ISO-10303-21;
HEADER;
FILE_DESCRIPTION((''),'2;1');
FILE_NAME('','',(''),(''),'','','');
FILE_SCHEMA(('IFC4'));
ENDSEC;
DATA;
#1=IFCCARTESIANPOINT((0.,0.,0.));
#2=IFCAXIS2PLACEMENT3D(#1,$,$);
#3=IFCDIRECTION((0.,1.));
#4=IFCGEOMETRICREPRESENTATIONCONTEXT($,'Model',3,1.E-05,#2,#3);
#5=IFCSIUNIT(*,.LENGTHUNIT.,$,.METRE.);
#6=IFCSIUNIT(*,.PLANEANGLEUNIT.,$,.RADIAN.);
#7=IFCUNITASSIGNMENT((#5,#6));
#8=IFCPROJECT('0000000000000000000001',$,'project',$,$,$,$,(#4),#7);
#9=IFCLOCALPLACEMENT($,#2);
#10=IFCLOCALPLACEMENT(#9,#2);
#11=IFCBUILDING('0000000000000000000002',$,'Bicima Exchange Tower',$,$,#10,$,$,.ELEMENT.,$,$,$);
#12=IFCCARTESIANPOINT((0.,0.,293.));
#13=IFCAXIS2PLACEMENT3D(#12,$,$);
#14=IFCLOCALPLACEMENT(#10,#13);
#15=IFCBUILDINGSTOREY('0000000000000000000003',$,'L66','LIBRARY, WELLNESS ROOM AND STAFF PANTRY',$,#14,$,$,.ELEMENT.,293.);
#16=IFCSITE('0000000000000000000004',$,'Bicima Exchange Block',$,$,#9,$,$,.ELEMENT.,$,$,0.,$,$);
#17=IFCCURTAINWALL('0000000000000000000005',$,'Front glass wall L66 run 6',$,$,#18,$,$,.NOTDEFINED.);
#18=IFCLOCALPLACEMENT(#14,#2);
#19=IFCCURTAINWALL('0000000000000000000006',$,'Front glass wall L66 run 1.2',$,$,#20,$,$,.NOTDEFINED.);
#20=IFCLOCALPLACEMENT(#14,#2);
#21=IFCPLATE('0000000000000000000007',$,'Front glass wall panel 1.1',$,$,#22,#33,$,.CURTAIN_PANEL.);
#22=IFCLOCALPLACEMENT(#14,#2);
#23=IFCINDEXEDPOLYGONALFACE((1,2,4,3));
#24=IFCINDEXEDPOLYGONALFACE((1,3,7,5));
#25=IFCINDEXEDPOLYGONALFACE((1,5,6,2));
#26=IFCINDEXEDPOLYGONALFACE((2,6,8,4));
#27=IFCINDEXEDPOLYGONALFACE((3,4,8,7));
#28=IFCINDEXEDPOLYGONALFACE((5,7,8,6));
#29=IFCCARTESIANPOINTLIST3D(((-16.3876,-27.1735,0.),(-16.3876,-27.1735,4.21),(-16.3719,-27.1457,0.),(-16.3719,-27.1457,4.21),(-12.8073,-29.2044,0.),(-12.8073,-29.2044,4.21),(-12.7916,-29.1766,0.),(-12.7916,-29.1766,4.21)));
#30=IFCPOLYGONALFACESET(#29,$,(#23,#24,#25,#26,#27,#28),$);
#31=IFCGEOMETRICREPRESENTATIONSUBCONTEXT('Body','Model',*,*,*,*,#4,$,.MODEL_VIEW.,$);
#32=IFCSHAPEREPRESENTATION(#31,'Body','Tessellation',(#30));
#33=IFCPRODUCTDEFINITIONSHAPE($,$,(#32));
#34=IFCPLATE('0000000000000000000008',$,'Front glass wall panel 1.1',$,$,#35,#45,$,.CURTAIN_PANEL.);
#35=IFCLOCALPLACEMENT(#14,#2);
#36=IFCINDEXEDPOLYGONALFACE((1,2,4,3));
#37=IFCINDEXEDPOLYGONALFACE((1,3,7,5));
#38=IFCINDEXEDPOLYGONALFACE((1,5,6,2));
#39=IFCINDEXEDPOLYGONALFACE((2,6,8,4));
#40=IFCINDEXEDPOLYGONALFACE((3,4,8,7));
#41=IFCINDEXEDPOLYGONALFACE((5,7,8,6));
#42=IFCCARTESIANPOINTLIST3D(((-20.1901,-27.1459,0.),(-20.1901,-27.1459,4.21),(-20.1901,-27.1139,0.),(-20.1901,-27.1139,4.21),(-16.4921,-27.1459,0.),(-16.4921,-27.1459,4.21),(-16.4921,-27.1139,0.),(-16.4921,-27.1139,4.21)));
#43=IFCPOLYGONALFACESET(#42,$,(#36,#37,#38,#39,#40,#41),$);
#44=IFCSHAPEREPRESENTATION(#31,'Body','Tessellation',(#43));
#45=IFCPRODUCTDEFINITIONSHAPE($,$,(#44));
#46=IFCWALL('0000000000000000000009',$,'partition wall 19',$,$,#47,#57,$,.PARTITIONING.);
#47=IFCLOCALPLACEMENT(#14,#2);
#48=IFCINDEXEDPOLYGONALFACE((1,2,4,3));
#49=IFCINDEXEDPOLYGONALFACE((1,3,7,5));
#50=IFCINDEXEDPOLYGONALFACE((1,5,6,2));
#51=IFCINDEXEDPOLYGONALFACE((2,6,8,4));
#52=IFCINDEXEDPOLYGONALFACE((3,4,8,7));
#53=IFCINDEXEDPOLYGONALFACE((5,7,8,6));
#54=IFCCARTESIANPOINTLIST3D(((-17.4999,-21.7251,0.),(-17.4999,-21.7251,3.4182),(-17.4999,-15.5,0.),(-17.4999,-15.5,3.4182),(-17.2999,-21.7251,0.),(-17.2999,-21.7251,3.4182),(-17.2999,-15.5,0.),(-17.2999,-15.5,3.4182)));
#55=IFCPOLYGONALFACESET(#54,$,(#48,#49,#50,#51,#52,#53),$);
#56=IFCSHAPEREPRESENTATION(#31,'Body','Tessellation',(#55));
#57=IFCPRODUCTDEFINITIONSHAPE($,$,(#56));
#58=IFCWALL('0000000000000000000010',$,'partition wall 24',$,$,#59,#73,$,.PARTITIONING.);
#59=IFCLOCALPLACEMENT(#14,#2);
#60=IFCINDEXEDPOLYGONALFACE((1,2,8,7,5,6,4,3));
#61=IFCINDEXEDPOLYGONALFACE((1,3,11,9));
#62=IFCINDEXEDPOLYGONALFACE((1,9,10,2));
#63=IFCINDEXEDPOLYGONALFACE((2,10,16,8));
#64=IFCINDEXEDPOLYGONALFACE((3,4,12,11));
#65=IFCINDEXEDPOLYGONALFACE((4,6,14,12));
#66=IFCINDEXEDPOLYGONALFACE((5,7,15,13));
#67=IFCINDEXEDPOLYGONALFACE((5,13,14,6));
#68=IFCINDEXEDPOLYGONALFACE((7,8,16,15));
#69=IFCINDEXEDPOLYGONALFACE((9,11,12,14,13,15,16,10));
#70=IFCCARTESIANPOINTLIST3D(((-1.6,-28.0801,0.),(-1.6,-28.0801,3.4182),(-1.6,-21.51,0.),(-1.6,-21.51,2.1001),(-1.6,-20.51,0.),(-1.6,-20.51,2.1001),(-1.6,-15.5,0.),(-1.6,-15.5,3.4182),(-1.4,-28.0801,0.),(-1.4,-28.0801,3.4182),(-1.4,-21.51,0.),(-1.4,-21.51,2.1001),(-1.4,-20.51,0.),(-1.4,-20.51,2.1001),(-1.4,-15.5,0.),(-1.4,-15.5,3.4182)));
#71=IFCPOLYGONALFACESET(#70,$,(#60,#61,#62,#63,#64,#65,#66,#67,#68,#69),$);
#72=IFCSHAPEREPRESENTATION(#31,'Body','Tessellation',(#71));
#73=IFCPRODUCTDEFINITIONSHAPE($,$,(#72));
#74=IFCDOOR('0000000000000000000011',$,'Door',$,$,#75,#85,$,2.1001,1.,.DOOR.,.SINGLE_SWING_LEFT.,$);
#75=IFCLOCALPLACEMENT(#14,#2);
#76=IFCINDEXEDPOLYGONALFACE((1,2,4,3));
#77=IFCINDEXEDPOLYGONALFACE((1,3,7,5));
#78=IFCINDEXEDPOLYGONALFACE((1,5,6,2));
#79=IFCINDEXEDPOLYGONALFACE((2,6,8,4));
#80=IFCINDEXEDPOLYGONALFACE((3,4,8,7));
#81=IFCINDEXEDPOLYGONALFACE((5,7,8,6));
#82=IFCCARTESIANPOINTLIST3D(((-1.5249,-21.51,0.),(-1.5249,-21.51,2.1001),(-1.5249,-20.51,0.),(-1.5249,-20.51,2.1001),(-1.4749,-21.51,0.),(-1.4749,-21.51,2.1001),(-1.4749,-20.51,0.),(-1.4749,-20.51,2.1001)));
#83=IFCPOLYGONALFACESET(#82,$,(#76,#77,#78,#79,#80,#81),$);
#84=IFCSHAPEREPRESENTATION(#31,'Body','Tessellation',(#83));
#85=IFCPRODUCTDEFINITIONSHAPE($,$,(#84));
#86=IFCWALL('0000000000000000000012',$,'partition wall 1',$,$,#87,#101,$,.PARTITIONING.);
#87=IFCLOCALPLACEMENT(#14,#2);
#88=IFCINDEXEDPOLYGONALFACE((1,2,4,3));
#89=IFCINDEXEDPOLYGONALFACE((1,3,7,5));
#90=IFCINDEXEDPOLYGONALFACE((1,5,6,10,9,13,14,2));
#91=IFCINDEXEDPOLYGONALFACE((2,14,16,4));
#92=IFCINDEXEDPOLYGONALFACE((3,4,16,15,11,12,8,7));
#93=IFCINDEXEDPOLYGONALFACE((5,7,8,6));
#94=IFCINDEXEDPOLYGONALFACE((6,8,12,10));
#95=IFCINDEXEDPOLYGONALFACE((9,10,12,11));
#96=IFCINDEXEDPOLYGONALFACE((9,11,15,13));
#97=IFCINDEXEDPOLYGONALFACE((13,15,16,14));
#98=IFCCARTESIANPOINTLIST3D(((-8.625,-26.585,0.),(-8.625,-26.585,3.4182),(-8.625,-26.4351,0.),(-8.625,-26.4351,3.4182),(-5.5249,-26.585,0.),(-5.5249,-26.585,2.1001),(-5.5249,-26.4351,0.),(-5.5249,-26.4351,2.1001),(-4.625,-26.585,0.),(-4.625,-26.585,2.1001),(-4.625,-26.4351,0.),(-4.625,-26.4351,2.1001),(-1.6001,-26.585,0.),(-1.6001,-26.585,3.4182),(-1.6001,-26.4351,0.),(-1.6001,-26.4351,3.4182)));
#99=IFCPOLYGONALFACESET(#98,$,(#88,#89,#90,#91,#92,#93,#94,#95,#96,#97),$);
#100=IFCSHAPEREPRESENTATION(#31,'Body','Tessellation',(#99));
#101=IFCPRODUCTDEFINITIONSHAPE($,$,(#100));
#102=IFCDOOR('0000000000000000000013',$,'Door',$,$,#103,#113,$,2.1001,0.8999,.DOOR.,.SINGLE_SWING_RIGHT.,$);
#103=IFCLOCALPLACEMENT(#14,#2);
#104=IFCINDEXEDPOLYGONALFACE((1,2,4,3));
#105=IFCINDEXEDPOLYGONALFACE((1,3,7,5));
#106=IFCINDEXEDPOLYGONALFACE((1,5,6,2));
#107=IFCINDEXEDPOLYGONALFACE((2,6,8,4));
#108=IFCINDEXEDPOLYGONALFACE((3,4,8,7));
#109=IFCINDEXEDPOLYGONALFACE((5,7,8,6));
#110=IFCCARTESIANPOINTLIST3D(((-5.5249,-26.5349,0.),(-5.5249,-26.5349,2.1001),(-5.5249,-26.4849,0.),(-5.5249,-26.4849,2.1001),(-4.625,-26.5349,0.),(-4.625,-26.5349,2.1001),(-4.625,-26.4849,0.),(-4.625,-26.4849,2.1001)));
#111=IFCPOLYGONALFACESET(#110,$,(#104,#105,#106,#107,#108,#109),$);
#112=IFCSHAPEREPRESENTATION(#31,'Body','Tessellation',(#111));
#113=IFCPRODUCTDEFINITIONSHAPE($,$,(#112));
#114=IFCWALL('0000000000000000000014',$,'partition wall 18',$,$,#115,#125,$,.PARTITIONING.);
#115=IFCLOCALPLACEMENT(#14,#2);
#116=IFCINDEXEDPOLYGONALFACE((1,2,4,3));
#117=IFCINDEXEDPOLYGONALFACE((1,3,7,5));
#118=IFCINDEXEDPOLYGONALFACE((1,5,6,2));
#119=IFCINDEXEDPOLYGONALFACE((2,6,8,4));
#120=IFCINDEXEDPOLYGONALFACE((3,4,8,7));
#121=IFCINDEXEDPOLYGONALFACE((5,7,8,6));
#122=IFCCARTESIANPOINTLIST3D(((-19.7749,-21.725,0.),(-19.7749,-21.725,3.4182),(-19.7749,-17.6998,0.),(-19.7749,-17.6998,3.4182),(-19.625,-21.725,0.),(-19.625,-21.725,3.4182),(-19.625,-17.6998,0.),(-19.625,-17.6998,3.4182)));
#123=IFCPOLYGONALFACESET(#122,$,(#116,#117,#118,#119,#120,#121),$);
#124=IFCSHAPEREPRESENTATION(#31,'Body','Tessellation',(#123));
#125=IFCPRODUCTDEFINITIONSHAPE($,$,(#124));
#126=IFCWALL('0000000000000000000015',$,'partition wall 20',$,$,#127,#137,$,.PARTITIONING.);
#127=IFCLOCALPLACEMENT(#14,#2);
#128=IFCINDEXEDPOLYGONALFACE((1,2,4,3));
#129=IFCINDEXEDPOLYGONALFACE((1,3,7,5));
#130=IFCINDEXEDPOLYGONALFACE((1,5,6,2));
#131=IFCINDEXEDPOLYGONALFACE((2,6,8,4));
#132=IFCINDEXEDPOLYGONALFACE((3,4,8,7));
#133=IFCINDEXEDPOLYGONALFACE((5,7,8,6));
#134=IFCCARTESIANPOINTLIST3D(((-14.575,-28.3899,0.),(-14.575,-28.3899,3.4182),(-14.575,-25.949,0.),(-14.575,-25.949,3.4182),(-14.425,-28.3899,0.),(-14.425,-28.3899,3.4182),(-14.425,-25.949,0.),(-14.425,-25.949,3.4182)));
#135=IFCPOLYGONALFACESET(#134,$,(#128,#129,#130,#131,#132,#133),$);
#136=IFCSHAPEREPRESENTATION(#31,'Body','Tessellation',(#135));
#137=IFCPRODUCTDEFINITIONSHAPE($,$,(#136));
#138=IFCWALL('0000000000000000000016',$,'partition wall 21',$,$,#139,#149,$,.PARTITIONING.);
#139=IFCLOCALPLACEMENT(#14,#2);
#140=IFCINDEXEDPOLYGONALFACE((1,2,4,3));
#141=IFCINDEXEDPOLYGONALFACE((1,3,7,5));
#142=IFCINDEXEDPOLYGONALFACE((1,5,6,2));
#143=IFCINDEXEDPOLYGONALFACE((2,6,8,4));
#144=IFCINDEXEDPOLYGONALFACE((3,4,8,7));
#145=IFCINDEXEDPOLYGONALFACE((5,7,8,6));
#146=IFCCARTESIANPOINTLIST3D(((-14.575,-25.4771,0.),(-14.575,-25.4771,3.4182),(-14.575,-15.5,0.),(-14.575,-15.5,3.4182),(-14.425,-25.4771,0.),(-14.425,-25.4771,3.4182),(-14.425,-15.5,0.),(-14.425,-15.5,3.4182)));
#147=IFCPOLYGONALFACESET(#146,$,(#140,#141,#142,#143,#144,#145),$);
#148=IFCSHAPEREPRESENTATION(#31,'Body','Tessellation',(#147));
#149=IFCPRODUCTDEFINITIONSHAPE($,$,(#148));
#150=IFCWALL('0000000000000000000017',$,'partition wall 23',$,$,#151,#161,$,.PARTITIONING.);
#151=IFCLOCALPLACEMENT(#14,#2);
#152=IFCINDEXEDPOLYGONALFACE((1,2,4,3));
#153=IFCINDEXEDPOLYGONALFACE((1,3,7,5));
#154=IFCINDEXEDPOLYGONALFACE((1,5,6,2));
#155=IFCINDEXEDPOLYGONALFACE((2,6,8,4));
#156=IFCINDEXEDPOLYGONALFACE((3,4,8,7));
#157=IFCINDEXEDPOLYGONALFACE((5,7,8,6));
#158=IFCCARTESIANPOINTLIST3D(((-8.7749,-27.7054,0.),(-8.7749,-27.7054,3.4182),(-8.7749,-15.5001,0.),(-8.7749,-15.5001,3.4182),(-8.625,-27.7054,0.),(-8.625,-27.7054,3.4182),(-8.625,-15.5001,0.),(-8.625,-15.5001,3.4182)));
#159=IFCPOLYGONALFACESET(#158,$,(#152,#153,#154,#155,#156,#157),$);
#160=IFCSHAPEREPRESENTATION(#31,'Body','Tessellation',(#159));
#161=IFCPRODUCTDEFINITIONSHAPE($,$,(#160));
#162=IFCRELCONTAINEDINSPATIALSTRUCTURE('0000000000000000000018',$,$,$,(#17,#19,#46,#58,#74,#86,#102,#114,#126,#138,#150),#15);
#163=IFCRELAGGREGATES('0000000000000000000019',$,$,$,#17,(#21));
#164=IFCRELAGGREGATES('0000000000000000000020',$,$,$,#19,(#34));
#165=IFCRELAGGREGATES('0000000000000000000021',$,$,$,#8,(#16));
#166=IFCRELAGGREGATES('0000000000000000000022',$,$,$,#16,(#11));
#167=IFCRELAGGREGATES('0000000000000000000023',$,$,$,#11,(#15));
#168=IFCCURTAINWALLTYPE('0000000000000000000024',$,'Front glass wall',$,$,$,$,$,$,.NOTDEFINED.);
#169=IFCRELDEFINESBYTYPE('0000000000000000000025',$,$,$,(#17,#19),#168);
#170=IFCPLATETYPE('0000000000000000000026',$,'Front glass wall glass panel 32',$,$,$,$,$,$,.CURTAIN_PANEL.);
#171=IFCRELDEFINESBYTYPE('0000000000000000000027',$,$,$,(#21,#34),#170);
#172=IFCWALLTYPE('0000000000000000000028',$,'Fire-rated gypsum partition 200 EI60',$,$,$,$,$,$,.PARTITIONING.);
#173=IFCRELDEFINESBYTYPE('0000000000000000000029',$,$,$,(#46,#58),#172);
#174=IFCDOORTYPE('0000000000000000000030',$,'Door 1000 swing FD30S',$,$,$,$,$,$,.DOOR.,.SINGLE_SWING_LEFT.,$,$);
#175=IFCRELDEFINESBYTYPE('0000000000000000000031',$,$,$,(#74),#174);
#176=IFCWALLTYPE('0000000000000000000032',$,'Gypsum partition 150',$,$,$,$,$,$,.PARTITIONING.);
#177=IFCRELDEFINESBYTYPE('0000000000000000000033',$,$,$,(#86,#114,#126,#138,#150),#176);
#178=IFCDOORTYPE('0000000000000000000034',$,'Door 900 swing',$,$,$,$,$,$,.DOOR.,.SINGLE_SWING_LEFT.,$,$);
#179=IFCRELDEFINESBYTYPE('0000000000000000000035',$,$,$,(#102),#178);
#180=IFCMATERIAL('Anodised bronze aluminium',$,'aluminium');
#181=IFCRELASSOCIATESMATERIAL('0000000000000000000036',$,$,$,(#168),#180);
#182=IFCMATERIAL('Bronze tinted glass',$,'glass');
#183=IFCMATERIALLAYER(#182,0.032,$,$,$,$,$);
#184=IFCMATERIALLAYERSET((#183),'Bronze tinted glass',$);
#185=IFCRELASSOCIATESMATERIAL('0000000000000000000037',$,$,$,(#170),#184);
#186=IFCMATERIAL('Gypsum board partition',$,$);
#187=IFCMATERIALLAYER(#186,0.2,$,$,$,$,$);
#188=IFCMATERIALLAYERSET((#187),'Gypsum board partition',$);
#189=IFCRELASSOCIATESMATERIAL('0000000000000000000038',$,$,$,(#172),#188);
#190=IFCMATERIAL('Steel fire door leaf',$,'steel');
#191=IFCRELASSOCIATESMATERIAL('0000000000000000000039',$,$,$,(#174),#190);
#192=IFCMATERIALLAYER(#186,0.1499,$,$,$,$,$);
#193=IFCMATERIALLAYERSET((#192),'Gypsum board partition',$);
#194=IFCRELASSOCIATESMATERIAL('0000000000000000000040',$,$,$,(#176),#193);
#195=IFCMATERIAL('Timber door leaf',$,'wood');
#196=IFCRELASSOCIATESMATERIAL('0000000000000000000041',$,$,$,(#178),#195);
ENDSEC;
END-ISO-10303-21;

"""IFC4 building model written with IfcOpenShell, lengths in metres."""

from ifc_helpers import new_model, si_unit, direction, frame, frame_2d, origin, origin_2d, place, context, subcontext, project, spatial, rectangle, extrude, material, layer, layer_set, type_object, element, fill, aggregate, save


model = new_model("IFC4")

# Units and contexts
model_context = context("Model", 3, precision=1e-05, world=origin(), true_north=direction((0.0, 1.0)))
body_context = subcontext(model_context, "Body", "Model", "MODEL_VIEW")
ifc_project = project(units=[si_unit("LENGTHUNIT", "METRE"), si_unit("PLANEANGLEUNIT", "RADIAN")], contexts=[model_context])

# Site, building, storey
site_placement = place(None, origin())
site = spatial("IfcSite", under=ifc_project, at=site_placement, Name="Bicima Exchange Block", CompositionType="ELEMENT", RefElevation=0.0)
building_placement = place(site_placement, origin())
building = spatial("IfcBuilding", under=site, at=building_placement, Name="Bicima Exchange Tower", CompositionType="ELEMENT")
storey_placement = place(building_placement, frame((0.0, 0.0, 293.0)))
storey = spatial("IfcBuildingStorey", under=building, at=storey_placement, Name="L66", Description="LIBRARY, WELLNESS ROOM AND STAFF PANTRY", CompositionType="ELEMENT", Elevation=293.0)

# Curtain walls
ifc_material_1 = material(Name="Anodised bronze aluminium", Category="aluminium")
curtain_wall_type = type_object("IfcCurtainWallType", Name="Front glass wall", PredefinedType="NOTDEFINED", material=ifc_material_1)
curtain_wall_1_placement = place(storey_placement, origin())
curtain_wall_1 = element("IfcCurtainWall", 1, at=curtain_wall_1_placement, inside=storey, type_object=curtain_wall_type, Name="Front glass wall L66 run 6", PredefinedType="NOTDEFINED")
curtain_wall_2_placement = place(storey_placement, origin())
curtain_wall_2 = element("IfcCurtainWall", 2, at=curtain_wall_2_placement, inside=storey, type_object=curtain_wall_type, Name="Front glass wall L66 run 1.2", PredefinedType="NOTDEFINED")

# Plates
ifc_material_2 = material(Name="Bronze tinted glass", Category="glass")
ifc_layer_1 = layer(ifc_material_2, 0.032)
ifc_layer_set_1 = layer_set([ifc_layer_1], Name="Bronze tinted glass")
plate_type = type_object("IfcPlateType", Name="Front glass wall glass panel 32", PredefinedType="CURTAIN_PANEL", material=ifc_layer_set_1)
plate_1_placement = place(storey_placement, frame((-14.5896, -28.175, 0.0), z_axis=(0.0, 0.0, 1.0), x_axis=(0.869805, -0.493395, 0.0)))
plate_1 = element("IfcPlate", 3, at=plate_1_placement, type_object=plate_type, Name="Front glass wall panel 1.1", PredefinedType="CURTAIN_PANEL", context=body_context, shape_type="SweptSolid", body=[
    extrude(rectangle(XDim=4.1162, YDim=0.032, at=origin_2d()), origin(), (0.0, 0.0, 1.0), 4.21),
])
aggregate(curtain_wall_1, [plate_1])
plate_2_placement = place(storey_placement, frame((-18.3411, -27.1299, 0.0), z_axis=(0.0, 0.0, 1.0), x_axis=(1.0, 0.0, 0.0)))
plate_2 = element("IfcPlate", 4, at=plate_2_placement, type_object=plate_type, Name="Front glass wall panel 1.1", PredefinedType="CURTAIN_PANEL", context=body_context, shape_type="SweptSolid", body=[
    extrude(rectangle(XDim=3.698, YDim=0.032, at=origin_2d()), origin(), (0.0, 0.0, 1.0), 4.21),
])
aggregate(curtain_wall_2, [plate_2])

# Wall
ifc_material_3 = material(Name="Gypsum board partition")
ifc_layer_2 = layer(ifc_material_3, 0.2)
ifc_layer_set_2 = layer_set([ifc_layer_2], Name="Gypsum board partition")
wall_type_1 = type_object("IfcWallType", Name="Fire-rated gypsum partition 200 EI60", PredefinedType="PARTITIONING", material=ifc_layer_set_2)
wall_1_placement = place(storey_placement, frame((-17.3999, -21.7251, 0.0), z_axis=(0.0, 0.0, 1.0), x_axis=(0.0, 1.0, 0.0)))
element("IfcWall", 5, at=wall_1_placement, inside=storey, type_object=wall_type_1, Name="partition wall 19", PredefinedType="PARTITIONING", context=body_context, shape_type="SweptSolid", body=[
    extrude(rectangle(XDim=6.2251, YDim=0.2, at=frame_2d((3.1125, 0.0))), origin(), (0.0, 0.0, 1.0), 3.4182),
])

# Walls, openings, doors
wall_2_placement = place(storey_placement, frame((-1.5, -28.0801, 0.0), z_axis=(0.0, 0.0, 1.0), x_axis=(0.0, 1.0, 0.0)))
wall_2 = element("IfcWall", 6, at=wall_2_placement, inside=storey, type_object=wall_type_1, Name="partition wall 24", PredefinedType="PARTITIONING", context=body_context, shape_type="SweptSolid", body=[
    extrude(rectangle(XDim=12.5801, YDim=0.2, at=frame_2d((6.29, 0.0))), origin(), (0.0, 0.0, 1.0), 3.4182),
])
opening_1_placement = place(wall_2_placement, frame((6.5701, 0.0, 0.0)))
opening_1 = element("IfcOpeningElement", 7, at=opening_1_placement, cuts=wall_2, PredefinedType="OPENING", context=body_context, shape_type="SweptSolid", body=[
    extrude(rectangle(XDim=1.0, YDim=2.1001, at=frame_2d((0.5, 1.05))), frame((0.0, 0.1118, 0.0), z_axis=(0.0, -1.0, 0.0), x_axis=(1.0, 0.0, 0.0)), (0.0, 0.0, 1.0), 0.2239),
])
ifc_material_4 = material(Name="Steel fire door leaf", Category="steel")
door_type_1 = type_object("IfcDoorType", Name="Door 1000 swing FD30S", OperationType="SINGLE_SWING_LEFT", PredefinedType="DOOR", material=ifc_material_4)
door_1_placement = place(opening_1_placement, origin())
door_1 = element("IfcDoor", 8, at=door_1_placement, inside=storey, type_object=door_type_1, Name="Door", OperationType="SINGLE_SWING_LEFT", OverallHeight=2.1001, OverallWidth=1.0, PredefinedType="DOOR", context=body_context, shape_type="SweptSolid", body=[
    extrude(rectangle(XDim=1.0, YDim=2.1001, at=frame_2d((0.5, 1.05))), frame((0.0, 0.0249, 0.0), z_axis=(0.0, -1.0, 0.0), x_axis=(1.0, 0.0, 0.0)), (0.0, 0.0, 1.0), 0.05),
])
fill(opening_1, door_1)
ifc_layer_3 = layer(ifc_material_3, 0.1499)
ifc_layer_set_3 = layer_set([ifc_layer_3], Name="Gypsum board partition")
wall_type_2 = type_object("IfcWallType", Name="Gypsum partition 150", PredefinedType="PARTITIONING", material=ifc_layer_set_3)
wall_3_placement = place(storey_placement, frame((-8.625, -26.51, 0.0), z_axis=(0.0, 0.0, 1.0), x_axis=(1.0, 0.0, 0.0)))
wall_3 = element("IfcWall", 9, at=wall_3_placement, inside=storey, type_object=wall_type_2, Name="partition wall 1", PredefinedType="PARTITIONING", context=body_context, shape_type="SweptSolid", body=[
    extrude(rectangle(XDim=7.0249, YDim=0.1499, at=frame_2d((3.5125, 0.0))), origin(), (0.0, 0.0, 1.0), 3.4182),
])
opening_2_placement = place(wall_3_placement, frame((3.1001, 0.0, 0.0)))
opening_2 = element("IfcOpeningElement", 10, at=opening_2_placement, cuts=wall_3, PredefinedType="OPENING", context=body_context, shape_type="SweptSolid", body=[
    extrude(rectangle(XDim=0.8999, YDim=2.1001, at=frame_2d((0.45, 1.05))), frame((0.0, 0.0869, 0.0), z_axis=(0.0, -1.0, 0.0), x_axis=(1.0, 0.0, 0.0)), (0.0, 0.0, 1.0), 0.1738),
])
ifc_material_5 = material(Name="Timber door leaf", Category="wood")
door_type_2 = type_object("IfcDoorType", Name="Door 900 swing", OperationType="SINGLE_SWING_LEFT", PredefinedType="DOOR", material=ifc_material_5)
door_2_placement = place(opening_2_placement, frame((0.8999, 0.0, 0.0), z_axis=(0.0, 0.0, 1.0), x_axis=(-1.0, 0.0, 0.0)))
door_2 = element("IfcDoor", 11, at=door_2_placement, inside=storey, type_object=door_type_2, Name="Door", OperationType="SINGLE_SWING_RIGHT", OverallHeight=2.1001, OverallWidth=0.8999, PredefinedType="DOOR", context=body_context, shape_type="SweptSolid", body=[
    extrude(rectangle(XDim=0.8999, YDim=2.1001, at=frame_2d((0.45, 1.05))), frame((0.0, 0.0249, 0.0), z_axis=(0.0, -1.0, 0.0), x_axis=(1.0, 0.0, 0.0)), (0.0, 0.0, 1.0), 0.05),
])
fill(opening_2, door_2)

# Walls
wall_4_placement = place(storey_placement, frame((-19.7, -21.7251, 0.0), z_axis=(0.0, 0.0, 1.0), x_axis=(0.0, 1.0, 0.0)))
element("IfcWall", 12, at=wall_4_placement, inside=storey, type_object=wall_type_2, Name="partition wall 18", PredefinedType="PARTITIONING", context=body_context, shape_type="SweptSolid", body=[
    extrude(rectangle(XDim=4.0251, YDim=0.1499, at=frame_2d((2.0127, 0.0))), origin(), (0.0, 0.0, 1.0), 3.4182),
])
wall_5_placement = place(storey_placement, frame((-14.5, -28.3899, 0.0), z_axis=(0.0, 0.0, 1.0), x_axis=(0.0, 1.0, 0.0)))
element("IfcWall", 13, at=wall_5_placement, inside=storey, type_object=wall_type_2, Name="partition wall 20", PredefinedType="PARTITIONING", context=body_context, shape_type="SweptSolid", body=[
    extrude(rectangle(XDim=2.4409, YDim=0.1499, at=frame_2d((1.2205, 0.0))), origin(), (0.0, 0.0, 1.0), 3.4182),
])
wall_6_placement = place(storey_placement, frame((-14.5, -25.4771, 0.0), z_axis=(0.0, 0.0, 1.0), x_axis=(0.0, 1.0, 0.0)))
element("IfcWall", 14, at=wall_6_placement, inside=storey, type_object=wall_type_2, Name="partition wall 21", PredefinedType="PARTITIONING", context=body_context, shape_type="SweptSolid", body=[
    extrude(rectangle(XDim=9.9771, YDim=0.1499, at=frame_2d((4.9885, 0.0))), origin(), (0.0, 0.0, 1.0), 3.4182),
])
wall_7_placement = place(storey_placement, frame((-8.7, -27.7053, 0.0), z_axis=(0.0, 0.0, 1.0), x_axis=(0.0, 1.0, 0.0)))
element("IfcWall", 15, at=wall_7_placement, inside=storey, type_object=wall_type_2, Name="partition wall 23", PredefinedType="PARTITIONING", context=body_context, shape_type="SweptSolid", body=[
    extrude(rectangle(XDim=12.2053, YDim=0.1499, at=frame_2d((6.1025, 0.0))), origin(), (0.0, 0.0, 1.0), 3.4182),
])

save(model, "model.ifc")
